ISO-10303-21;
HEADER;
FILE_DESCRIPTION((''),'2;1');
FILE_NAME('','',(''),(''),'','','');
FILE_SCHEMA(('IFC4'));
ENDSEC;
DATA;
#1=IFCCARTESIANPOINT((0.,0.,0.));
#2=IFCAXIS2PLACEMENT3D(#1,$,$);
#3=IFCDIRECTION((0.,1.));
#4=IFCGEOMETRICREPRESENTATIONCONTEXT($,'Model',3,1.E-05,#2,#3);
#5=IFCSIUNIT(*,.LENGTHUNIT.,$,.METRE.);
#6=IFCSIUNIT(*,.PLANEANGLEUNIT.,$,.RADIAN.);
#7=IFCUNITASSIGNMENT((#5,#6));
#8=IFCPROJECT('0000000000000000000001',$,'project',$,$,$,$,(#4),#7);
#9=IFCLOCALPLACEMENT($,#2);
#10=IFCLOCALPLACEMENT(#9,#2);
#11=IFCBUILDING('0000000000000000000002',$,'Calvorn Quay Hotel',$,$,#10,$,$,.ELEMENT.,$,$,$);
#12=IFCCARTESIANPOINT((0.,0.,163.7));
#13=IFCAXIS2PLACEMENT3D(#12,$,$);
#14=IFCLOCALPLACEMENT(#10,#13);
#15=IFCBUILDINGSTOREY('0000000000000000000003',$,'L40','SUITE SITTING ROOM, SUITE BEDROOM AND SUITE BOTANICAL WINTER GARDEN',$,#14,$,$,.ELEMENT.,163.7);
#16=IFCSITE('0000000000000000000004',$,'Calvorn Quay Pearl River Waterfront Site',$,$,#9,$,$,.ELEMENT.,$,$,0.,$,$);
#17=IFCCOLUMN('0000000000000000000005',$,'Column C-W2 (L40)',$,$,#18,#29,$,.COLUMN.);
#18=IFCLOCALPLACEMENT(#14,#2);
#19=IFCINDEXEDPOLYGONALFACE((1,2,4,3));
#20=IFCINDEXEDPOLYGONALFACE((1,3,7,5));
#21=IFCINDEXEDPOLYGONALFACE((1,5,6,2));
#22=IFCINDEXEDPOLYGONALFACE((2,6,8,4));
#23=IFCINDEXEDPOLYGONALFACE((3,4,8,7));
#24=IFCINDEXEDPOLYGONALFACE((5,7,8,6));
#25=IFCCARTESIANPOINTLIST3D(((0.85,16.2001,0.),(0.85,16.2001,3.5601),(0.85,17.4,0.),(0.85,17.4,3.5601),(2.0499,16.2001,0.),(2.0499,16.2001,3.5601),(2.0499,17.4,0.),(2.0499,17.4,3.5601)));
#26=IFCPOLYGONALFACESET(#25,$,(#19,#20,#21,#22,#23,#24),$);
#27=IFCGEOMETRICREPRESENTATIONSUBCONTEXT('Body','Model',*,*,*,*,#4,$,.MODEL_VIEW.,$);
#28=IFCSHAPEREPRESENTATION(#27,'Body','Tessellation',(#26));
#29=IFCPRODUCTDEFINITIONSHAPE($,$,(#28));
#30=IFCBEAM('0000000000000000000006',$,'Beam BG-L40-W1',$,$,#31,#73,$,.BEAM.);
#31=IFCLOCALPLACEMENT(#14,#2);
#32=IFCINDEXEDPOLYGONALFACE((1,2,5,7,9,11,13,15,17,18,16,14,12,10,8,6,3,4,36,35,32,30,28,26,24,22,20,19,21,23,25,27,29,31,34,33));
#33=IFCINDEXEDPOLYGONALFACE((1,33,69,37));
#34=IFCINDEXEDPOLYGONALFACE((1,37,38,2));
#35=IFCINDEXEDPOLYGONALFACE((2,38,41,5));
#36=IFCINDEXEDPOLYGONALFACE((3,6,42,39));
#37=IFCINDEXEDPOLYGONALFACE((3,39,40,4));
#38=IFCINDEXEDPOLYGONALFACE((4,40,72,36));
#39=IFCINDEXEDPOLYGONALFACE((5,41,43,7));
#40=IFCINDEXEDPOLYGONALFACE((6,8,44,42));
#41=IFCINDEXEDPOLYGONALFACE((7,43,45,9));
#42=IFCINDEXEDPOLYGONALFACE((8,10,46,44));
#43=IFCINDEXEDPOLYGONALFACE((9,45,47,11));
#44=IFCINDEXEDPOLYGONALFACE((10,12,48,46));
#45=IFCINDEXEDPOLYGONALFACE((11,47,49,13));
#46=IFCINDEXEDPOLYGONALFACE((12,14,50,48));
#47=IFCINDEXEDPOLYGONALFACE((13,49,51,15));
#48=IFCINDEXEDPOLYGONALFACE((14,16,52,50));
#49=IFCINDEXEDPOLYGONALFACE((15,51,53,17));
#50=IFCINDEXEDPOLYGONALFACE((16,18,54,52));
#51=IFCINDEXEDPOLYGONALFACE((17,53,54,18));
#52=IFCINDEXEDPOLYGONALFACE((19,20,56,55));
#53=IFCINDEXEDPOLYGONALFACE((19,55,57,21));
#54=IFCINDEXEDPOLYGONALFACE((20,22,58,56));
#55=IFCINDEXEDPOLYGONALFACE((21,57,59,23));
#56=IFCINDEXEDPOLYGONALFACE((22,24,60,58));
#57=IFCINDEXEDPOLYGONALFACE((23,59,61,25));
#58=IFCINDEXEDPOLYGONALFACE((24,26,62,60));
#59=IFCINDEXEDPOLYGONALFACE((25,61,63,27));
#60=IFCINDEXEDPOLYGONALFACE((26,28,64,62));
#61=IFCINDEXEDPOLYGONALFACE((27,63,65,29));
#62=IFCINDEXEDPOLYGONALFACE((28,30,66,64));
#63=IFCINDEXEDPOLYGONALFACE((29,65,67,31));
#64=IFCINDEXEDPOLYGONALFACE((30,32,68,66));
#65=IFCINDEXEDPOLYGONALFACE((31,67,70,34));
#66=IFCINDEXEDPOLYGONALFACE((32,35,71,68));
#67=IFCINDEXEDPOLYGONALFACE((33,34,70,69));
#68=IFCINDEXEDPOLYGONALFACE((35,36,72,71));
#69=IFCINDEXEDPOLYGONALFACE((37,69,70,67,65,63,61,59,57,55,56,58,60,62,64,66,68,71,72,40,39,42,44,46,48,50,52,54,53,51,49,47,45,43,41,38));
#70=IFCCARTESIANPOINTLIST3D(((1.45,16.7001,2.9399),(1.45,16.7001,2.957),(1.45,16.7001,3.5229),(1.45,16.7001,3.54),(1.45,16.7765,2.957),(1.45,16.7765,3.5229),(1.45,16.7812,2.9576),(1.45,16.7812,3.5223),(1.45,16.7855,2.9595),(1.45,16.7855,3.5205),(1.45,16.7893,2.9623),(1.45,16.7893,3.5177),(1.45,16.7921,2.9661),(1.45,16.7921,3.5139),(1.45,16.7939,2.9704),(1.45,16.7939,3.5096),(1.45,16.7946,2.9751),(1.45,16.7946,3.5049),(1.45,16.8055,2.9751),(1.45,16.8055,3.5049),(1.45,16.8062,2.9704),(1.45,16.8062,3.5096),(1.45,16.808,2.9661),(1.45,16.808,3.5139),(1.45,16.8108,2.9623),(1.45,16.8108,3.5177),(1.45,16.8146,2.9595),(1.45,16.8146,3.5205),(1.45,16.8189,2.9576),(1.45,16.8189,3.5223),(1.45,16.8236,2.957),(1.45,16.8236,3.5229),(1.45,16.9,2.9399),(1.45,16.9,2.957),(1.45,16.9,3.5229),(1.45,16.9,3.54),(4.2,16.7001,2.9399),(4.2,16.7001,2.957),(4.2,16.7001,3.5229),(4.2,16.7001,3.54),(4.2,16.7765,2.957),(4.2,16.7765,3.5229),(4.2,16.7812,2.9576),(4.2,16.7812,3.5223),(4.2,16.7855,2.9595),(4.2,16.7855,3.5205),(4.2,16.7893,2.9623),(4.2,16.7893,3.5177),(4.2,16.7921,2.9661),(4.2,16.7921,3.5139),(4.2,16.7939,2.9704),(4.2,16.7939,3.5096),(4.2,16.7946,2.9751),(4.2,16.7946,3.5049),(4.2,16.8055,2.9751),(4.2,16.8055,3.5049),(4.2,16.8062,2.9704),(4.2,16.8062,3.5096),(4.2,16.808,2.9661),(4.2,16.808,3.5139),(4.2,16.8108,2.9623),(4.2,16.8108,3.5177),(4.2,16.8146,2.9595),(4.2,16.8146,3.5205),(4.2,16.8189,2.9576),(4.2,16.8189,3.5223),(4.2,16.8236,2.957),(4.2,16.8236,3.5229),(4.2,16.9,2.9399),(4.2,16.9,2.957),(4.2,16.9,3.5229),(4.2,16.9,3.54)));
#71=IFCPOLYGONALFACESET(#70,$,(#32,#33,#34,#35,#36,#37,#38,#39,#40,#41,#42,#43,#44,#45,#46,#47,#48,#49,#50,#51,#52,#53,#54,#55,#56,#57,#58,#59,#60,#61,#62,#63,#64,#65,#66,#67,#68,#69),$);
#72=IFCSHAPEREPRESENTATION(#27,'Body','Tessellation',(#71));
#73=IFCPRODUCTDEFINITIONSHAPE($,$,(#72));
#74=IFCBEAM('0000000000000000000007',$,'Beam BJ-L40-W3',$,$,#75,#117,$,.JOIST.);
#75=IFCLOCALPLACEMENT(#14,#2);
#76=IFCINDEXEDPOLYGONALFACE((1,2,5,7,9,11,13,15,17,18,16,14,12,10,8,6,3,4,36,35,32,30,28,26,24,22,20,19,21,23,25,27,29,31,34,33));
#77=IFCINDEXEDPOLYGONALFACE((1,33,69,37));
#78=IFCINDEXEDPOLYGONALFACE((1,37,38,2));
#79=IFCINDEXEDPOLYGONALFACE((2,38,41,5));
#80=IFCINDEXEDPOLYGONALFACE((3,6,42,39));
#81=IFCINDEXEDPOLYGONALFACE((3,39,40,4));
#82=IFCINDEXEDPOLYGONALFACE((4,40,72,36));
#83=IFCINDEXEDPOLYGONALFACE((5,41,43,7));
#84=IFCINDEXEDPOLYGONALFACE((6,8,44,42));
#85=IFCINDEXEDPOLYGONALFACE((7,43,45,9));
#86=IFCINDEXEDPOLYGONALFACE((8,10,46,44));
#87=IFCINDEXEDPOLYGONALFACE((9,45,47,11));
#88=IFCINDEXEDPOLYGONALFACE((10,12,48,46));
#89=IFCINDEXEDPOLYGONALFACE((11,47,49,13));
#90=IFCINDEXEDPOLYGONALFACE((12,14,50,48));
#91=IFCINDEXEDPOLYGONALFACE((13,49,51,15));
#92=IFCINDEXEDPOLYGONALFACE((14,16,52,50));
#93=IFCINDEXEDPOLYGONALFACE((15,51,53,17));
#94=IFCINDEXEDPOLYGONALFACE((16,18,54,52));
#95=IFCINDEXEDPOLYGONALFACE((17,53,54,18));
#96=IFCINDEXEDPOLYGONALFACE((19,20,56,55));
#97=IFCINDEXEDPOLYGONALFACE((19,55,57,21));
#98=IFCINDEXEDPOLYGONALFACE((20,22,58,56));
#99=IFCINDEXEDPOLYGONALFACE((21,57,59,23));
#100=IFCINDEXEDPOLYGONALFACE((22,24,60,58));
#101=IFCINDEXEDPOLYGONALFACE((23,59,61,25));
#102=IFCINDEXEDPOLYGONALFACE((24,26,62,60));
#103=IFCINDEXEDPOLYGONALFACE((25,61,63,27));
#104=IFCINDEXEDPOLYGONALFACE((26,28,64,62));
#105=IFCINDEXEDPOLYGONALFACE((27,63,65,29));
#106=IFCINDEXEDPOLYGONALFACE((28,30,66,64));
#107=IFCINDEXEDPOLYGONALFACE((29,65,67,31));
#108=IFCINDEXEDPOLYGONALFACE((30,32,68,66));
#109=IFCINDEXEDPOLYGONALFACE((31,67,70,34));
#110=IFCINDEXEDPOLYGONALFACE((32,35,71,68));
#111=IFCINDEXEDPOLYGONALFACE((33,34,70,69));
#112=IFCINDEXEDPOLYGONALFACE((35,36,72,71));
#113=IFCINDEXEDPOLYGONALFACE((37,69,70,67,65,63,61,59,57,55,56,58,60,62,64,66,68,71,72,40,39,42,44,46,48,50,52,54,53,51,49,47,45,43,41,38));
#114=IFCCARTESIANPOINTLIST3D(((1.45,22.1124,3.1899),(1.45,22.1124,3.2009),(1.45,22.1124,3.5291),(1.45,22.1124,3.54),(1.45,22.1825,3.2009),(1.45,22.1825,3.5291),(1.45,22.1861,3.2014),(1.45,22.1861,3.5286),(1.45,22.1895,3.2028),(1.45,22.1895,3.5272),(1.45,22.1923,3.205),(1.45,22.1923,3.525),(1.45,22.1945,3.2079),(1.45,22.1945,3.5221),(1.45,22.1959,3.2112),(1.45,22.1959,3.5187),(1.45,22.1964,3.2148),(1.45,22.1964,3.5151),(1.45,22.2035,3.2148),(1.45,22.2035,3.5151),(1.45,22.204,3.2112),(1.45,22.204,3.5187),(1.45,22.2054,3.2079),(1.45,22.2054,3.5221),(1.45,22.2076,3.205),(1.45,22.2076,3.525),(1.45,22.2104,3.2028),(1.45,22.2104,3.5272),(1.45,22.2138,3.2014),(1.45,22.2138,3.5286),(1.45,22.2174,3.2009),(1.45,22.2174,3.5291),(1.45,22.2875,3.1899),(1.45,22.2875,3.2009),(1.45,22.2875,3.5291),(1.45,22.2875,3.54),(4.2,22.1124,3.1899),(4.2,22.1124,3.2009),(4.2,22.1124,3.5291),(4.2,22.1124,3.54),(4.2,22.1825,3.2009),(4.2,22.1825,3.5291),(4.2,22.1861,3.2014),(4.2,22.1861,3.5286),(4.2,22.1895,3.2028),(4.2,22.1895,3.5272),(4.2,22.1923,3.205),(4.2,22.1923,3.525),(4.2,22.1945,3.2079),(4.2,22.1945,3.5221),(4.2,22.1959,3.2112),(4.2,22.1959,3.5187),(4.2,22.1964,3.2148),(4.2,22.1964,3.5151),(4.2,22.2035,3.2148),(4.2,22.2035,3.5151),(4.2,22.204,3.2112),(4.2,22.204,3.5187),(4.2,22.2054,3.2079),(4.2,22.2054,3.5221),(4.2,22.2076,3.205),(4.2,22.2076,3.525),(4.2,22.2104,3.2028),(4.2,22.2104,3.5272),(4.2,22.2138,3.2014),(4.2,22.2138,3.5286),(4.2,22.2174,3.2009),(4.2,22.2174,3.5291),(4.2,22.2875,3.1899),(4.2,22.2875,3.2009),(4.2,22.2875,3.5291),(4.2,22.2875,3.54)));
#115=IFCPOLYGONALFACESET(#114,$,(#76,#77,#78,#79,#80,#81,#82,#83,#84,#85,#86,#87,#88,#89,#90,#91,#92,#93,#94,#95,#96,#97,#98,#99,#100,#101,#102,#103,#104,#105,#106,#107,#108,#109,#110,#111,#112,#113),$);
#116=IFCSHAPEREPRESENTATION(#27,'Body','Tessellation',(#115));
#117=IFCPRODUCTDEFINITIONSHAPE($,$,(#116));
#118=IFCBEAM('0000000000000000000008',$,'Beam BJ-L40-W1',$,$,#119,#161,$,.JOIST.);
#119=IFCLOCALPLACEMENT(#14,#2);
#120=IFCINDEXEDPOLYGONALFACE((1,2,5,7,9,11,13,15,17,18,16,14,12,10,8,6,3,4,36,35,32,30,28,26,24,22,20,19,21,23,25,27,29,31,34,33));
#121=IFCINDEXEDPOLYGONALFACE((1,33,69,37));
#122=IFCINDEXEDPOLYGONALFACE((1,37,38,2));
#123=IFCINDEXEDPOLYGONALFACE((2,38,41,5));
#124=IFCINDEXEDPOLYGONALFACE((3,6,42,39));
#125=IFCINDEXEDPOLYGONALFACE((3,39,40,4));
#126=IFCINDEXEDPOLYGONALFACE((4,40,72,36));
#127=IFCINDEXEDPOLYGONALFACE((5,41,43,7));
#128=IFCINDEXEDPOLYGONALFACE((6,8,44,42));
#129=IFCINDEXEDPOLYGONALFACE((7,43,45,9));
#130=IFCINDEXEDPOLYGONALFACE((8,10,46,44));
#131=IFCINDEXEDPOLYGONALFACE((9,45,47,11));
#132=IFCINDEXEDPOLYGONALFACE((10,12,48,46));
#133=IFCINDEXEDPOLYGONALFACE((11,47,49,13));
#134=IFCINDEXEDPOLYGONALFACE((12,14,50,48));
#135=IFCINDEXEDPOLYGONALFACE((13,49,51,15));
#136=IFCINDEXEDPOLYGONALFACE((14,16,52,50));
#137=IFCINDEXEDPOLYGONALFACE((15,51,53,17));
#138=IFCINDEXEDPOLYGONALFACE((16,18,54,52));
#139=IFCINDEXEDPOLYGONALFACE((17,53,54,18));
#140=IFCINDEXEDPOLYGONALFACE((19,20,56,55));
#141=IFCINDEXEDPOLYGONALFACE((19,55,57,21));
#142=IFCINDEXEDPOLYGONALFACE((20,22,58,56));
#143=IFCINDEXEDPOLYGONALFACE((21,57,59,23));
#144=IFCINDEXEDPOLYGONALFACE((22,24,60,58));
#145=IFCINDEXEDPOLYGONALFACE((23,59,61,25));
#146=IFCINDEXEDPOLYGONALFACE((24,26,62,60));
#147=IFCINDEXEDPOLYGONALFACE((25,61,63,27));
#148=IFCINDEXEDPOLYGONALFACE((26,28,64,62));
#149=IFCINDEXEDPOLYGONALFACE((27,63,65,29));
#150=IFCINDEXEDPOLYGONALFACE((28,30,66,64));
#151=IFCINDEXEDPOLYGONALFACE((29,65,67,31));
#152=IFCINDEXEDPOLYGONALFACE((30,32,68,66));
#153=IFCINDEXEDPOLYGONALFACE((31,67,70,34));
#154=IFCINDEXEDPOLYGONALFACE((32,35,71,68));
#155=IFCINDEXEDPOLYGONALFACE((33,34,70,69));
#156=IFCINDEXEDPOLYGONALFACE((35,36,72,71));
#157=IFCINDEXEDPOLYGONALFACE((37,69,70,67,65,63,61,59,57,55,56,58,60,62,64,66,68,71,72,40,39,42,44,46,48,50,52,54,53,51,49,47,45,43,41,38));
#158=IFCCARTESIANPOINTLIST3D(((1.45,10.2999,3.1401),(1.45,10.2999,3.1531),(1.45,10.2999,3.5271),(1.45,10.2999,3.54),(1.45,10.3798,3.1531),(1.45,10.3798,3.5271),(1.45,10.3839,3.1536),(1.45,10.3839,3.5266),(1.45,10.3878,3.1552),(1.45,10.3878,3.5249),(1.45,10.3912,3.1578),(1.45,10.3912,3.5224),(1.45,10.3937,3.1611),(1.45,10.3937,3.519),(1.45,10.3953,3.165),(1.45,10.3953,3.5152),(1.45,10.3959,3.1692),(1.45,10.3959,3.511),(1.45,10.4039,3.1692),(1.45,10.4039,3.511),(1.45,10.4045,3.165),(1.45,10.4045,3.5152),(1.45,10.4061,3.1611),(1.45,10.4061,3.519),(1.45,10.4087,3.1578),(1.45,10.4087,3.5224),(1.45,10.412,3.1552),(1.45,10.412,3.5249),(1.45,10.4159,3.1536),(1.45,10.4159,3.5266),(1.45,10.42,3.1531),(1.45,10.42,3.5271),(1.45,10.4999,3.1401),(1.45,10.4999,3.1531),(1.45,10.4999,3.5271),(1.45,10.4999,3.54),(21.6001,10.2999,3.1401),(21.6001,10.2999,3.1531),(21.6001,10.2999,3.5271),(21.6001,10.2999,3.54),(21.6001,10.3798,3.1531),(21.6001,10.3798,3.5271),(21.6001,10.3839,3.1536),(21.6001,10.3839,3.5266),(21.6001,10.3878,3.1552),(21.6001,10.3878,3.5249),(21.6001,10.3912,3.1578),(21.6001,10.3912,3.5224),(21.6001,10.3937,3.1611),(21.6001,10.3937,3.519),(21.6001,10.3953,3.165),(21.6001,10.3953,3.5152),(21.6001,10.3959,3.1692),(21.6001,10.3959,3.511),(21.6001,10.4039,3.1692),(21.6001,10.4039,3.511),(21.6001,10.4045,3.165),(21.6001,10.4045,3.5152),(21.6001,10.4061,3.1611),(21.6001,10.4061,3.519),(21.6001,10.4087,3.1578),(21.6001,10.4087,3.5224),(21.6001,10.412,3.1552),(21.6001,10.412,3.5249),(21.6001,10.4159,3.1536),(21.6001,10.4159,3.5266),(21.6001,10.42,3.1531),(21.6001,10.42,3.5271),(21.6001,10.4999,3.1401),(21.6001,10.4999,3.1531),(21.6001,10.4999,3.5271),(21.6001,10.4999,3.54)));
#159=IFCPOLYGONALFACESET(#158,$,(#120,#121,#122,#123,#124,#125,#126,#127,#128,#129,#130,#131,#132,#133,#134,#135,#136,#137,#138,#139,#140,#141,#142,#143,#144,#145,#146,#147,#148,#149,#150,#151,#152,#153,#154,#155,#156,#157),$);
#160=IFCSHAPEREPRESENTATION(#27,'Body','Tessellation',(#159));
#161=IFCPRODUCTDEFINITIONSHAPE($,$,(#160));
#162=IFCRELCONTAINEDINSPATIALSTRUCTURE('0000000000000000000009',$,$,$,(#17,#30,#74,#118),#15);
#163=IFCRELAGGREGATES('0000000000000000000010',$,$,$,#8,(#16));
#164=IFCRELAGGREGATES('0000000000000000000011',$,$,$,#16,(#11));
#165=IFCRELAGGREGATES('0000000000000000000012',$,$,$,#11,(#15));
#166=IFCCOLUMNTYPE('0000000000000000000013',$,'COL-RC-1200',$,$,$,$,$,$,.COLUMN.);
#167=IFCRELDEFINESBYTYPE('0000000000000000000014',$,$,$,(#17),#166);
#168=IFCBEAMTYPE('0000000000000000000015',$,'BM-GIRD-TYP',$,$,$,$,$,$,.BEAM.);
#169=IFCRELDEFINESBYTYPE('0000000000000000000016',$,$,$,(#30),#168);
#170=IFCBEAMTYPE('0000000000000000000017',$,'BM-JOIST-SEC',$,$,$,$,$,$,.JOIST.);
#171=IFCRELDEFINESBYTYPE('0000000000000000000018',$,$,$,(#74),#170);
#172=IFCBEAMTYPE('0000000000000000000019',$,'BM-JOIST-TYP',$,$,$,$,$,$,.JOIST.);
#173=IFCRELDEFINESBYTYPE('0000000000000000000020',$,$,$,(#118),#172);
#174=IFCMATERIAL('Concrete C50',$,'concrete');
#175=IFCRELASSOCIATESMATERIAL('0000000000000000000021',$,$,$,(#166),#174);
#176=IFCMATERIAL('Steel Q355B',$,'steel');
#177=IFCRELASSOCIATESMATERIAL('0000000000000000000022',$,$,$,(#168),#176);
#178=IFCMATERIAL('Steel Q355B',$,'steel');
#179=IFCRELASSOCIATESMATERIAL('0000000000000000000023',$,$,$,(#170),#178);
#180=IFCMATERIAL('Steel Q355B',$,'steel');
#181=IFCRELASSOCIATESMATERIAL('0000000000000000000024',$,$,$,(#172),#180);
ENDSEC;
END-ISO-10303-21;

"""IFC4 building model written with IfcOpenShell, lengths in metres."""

from ifc_helpers import new_model, si_unit, direction, frame, origin, origin_2d, place, context, subcontext, project, spatial, rectangle, i_section, extrude, material, material_profile, profile_set, type_object, element, save


model = new_model("IFC4")

# Units and contexts
model_context = context("Model", 3, precision=1e-05, world=origin(), true_north=direction((0.0, 1.0)))
body_context = subcontext(model_context, "Body", "Model", "MODEL_VIEW")
ifc_project = project(units=[si_unit("LENGTHUNIT", "METRE"), si_unit("PLANEANGLEUNIT", "RADIAN")], contexts=[model_context])

# Site, building, storey
site_placement = place(None, origin())
site = spatial("IfcSite", under=ifc_project, at=site_placement, Name="Calvorn Quay Pearl River Waterfront Site", CompositionType="ELEMENT", RefElevation=0.0)
building_placement = place(site_placement, origin())
building = spatial("IfcBuilding", under=site, at=building_placement, Name="Calvorn Quay Hotel", CompositionType="ELEMENT")
storey_placement = place(building_placement, frame((0.0, 0.0, 163.7)))
storey = spatial("IfcBuildingStorey", under=building, at=storey_placement, Name="L40", Description="SUITE SITTING ROOM, SUITE BEDROOM AND SUITE BOTANICAL WINTER GARDEN", CompositionType="ELEMENT", Elevation=163.7)

# Column
ifc_material_1 = material(Name="Concrete C50", Category="concrete")
ifc_material_profile_1 = material_profile(ifc_material_1, rectangle(XDim=1.2, YDim=1.2, at=origin_2d()), Name="RC1200x1200")
ifc_profile_set_1 = profile_set([ifc_material_profile_1], Name="Concrete C50")
column_type = type_object("IfcColumnType", Name="COL-RC-1200", PredefinedType="COLUMN", material=ifc_profile_set_1)
column_placement = place(storey_placement, frame((1.45, 16.8, 0.0), z_axis=(0.0, 0.0, 1.0), x_axis=(1.0, 0.0, 0.0)))
element("IfcColumn", 1, at=column_placement, inside=storey, type_object=column_type, Name="Column C-W2 (L40)", PredefinedType="COLUMN", context=body_context, shape_type="SweptSolid", body=[
    extrude(rectangle(XDim=1.2, YDim=1.2, at=origin_2d()), origin(), (0.0, 0.0, 1.0), 3.5601),
])

# Beams
ifc_material_2 = material(Name="Steel Q355B", Category="steel")
ifc_material_profile_2 = material_profile(ifc_material_2, i_section(OverallWidth=0.2, OverallDepth=0.6001, WebThickness=0.011, FlangeThickness=0.0171, FilletRadius=0.0181, at=origin_2d()), Name="HN600x200x11x17")
ifc_profile_set_2 = profile_set([ifc_material_profile_2], Name="Steel Q355B")
beam_type_1 = type_object("IfcBeamType", Name="BM-GIRD-TYP", PredefinedType="BEAM", material=ifc_profile_set_2)
beam_1_placement = place(storey_placement, frame((1.45, 16.8, 3.24), z_axis=(1.0, 0.0, 0.0), x_axis=(0.0, 1.0, 0.0)))
element("IfcBeam", 2, at=beam_1_placement, inside=storey, type_object=beam_type_1, Name="Beam BG-L40-W1", PredefinedType="BEAM", context=body_context, shape_type="SweptSolid", body=[
    extrude(i_section(OverallWidth=0.2, OverallDepth=0.6001, WebThickness=0.011, FlangeThickness=0.0171, FilletRadius=0.0181, at=origin_2d()), origin(), (0.0, 0.0, 1.0), 2.75),
])
ifc_material_3 = material(Name="Steel Q355B", Category="steel")
ifc_material_profile_3 = material_profile(ifc_material_3, i_section(OverallWidth=0.175, OverallDepth=0.3501, WebThickness=0.0071, FlangeThickness=0.011, FilletRadius=0.0139, at=origin_2d()), Name="HN350x175x7x11")
ifc_profile_set_3 = profile_set([ifc_material_profile_3], Name="Steel Q355B")
beam_type_2 = type_object("IfcBeamType", Name="BM-JOIST-SEC", PredefinedType="JOIST", material=ifc_profile_set_3)
beam_2_placement = place(storey_placement, frame((1.45, 22.2, 3.365), z_axis=(1.0, 0.0, 0.0), x_axis=(0.0, 1.0, 0.0)))
element("IfcBeam", 3, at=beam_2_placement, inside=storey, type_object=beam_type_2, Name="Beam BJ-L40-W3", PredefinedType="JOIST", context=body_context, shape_type="SweptSolid", body=[
    extrude(i_section(OverallWidth=0.175, OverallDepth=0.3501, WebThickness=0.0071, FlangeThickness=0.011, FilletRadius=0.0139, at=origin_2d()), origin(), (0.0, 0.0, 1.0), 2.75),
])
ifc_material_4 = material(Name="Steel Q355B", Category="steel")
ifc_material_profile_4 = material_profile(ifc_material_4, i_section(OverallWidth=0.2, OverallDepth=0.3999, WebThickness=0.0081, FlangeThickness=0.0129, FilletRadius=0.0161, at=origin_2d()), Name="HN400x200x8x13")
ifc_profile_set_4 = profile_set([ifc_material_profile_4], Name="Steel Q355B")
beam_type_3 = type_object("IfcBeamType", Name="BM-JOIST-TYP", PredefinedType="JOIST", material=ifc_profile_set_4)
beam_3_placement = place(storey_placement, frame((1.45, 10.3999, 3.3401), z_axis=(1.0, 0.0, 0.0), x_axis=(0.0, 1.0, 0.0)))
element("IfcBeam", 4, at=beam_3_placement, inside=storey, type_object=beam_type_3, Name="Beam BJ-L40-W1", PredefinedType="JOIST", context=body_context, shape_type="SweptSolid", body=[
    extrude(i_section(OverallWidth=0.2, OverallDepth=0.3999, WebThickness=0.0081, FlangeThickness=0.0129, FilletRadius=0.0161, at=origin_2d()), origin(), (0.0, 0.0, 1.0), 20.1501),
])

save(model, "model.ifc")
